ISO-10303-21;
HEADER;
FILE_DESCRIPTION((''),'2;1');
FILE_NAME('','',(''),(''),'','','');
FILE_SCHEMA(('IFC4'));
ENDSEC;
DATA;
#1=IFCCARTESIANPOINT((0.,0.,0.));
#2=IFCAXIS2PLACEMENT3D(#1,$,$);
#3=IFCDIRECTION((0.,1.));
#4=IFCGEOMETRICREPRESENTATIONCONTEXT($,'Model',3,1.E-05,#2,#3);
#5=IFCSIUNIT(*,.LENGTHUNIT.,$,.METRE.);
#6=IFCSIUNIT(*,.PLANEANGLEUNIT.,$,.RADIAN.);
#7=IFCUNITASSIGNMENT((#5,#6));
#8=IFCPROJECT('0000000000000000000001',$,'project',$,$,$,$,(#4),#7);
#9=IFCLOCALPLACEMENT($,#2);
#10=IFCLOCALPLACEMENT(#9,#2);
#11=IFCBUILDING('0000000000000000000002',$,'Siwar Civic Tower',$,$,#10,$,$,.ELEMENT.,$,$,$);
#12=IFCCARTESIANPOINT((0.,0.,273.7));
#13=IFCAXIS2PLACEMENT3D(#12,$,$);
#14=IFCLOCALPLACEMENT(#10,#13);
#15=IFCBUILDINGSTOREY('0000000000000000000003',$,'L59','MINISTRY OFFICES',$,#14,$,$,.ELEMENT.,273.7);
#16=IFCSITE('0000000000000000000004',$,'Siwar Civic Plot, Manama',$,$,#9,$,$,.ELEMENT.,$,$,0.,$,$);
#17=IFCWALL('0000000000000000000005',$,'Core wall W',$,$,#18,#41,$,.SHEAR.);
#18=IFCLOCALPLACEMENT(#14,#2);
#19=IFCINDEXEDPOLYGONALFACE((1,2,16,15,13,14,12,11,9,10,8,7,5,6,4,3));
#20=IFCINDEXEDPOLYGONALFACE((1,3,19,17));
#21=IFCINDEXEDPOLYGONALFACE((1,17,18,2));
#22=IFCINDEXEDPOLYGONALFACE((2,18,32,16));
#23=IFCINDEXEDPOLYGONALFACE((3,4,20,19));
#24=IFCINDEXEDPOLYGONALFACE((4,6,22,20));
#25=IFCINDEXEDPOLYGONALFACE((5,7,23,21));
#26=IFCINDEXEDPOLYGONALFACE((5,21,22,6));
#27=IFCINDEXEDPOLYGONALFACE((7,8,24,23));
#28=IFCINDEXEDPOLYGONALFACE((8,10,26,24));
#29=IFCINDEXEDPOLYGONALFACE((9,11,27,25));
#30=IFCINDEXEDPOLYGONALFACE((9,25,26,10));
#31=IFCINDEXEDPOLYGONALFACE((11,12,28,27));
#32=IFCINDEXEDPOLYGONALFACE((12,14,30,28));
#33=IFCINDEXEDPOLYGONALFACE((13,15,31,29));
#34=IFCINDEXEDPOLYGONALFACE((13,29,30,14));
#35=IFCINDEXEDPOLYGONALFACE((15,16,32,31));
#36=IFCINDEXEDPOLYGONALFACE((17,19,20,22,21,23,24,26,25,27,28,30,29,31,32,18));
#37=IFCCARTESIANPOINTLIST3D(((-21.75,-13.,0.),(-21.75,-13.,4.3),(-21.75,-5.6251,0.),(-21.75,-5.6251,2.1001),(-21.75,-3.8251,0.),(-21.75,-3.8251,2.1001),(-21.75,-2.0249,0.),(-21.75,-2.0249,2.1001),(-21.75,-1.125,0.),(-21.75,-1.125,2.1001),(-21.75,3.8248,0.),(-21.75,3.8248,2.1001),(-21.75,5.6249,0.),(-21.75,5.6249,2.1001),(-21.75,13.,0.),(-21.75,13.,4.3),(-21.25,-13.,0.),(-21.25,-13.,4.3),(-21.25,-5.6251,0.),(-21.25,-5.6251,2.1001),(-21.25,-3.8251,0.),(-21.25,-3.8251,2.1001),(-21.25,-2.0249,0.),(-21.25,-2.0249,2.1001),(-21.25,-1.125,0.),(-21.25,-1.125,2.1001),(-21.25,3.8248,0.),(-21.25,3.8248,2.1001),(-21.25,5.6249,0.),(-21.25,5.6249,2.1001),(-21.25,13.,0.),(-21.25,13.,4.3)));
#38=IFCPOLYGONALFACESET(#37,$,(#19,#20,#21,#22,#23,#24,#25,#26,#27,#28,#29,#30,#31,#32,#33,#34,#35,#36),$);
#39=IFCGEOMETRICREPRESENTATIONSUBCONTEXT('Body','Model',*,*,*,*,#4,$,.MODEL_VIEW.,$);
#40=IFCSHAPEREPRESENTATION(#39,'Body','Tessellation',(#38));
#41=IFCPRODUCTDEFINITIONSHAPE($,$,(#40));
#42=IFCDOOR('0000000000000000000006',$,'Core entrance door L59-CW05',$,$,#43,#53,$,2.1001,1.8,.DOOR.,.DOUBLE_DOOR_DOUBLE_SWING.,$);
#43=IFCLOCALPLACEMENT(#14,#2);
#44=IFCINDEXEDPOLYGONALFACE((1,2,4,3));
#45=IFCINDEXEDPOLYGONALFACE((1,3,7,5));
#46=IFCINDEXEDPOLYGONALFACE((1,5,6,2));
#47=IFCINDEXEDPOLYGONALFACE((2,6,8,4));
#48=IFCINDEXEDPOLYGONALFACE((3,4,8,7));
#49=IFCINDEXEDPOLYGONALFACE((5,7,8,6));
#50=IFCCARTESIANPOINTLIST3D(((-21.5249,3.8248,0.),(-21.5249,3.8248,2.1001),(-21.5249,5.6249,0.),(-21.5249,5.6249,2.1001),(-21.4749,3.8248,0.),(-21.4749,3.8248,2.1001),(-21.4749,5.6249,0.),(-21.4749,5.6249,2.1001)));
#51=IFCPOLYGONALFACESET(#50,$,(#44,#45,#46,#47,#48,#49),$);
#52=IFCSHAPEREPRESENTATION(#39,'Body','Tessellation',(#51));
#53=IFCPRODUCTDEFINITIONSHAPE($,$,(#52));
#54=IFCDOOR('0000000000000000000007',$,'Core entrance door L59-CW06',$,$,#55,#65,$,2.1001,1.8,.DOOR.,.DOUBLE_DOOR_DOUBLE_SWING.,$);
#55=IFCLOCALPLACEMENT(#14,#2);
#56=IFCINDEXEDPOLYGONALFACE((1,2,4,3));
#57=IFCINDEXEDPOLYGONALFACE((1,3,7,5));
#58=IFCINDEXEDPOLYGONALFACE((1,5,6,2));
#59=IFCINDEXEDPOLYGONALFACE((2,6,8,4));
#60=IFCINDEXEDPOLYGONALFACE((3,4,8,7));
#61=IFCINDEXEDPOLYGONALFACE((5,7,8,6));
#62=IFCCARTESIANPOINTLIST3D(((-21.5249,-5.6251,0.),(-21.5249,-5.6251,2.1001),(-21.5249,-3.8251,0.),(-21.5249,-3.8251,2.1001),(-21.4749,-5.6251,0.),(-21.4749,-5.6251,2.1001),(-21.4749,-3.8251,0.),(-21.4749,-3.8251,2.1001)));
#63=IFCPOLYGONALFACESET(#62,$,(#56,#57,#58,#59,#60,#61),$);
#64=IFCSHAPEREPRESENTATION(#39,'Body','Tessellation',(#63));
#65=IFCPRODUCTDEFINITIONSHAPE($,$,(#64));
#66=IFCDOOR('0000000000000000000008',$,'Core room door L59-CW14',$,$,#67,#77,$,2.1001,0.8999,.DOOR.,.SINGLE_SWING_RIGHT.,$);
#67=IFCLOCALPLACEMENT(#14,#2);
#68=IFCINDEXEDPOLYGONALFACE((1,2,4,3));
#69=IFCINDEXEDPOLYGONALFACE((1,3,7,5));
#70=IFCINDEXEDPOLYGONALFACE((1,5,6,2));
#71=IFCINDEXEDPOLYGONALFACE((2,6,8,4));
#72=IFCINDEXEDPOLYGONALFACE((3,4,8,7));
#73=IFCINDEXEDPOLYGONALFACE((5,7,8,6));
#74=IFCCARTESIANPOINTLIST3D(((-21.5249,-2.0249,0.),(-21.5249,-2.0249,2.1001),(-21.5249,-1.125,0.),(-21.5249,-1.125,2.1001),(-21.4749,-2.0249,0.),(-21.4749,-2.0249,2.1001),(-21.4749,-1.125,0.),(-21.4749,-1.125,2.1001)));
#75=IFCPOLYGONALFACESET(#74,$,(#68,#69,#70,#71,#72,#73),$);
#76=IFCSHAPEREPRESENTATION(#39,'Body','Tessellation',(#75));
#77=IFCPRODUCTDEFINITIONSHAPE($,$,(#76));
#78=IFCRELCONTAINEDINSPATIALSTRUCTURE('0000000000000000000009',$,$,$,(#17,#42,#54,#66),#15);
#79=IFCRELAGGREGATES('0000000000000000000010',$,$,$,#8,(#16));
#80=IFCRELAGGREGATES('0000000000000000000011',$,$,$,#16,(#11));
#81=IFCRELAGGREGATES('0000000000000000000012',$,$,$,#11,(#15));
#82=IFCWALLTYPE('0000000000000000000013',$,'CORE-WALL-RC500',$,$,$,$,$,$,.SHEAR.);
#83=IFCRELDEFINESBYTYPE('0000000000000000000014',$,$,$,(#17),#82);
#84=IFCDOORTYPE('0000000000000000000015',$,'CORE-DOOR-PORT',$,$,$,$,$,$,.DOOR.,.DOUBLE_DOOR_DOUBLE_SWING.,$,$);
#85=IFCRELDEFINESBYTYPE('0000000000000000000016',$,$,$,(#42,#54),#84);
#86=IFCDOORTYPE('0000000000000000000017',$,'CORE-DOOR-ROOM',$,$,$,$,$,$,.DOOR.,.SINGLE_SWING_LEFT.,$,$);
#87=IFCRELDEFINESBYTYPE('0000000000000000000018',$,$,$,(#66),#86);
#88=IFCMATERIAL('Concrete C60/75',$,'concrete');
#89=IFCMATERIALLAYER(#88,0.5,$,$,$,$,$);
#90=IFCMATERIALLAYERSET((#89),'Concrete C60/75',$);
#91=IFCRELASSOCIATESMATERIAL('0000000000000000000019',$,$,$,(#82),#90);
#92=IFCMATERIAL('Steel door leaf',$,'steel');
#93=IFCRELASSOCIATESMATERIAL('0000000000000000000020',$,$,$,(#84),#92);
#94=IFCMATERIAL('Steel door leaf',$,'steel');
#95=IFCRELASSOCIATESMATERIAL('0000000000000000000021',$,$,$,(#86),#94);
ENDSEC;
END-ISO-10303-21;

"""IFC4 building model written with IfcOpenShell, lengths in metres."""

from ifc_helpers import new_model, si_unit, direction, frame, frame_2d, origin, place, context, subcontext, project, spatial, rectangle, extrude, material, layer, layer_set, type_object, element, fill, save


model = new_model("IFC4")

# Units and contexts
model_context = context("Model", 3, precision=1e-05, world=origin(), true_north=direction((0.0, 1.0)))
body_context = subcontext(model_context, "Body", "Model", "MODEL_VIEW")
ifc_project = project(units=[si_unit("LENGTHUNIT", "METRE"), si_unit("PLANEANGLEUNIT", "RADIAN")], contexts=[model_context])

# Site, building, storey
site_placement = place(None, origin())
site = spatial("IfcSite", under=ifc_project, at=site_placement, Name="Siwar Civic Plot, Manama", CompositionType="ELEMENT", RefElevation=0.0)
building_placement = place(site_placement, origin())
building = spatial("IfcBuilding", under=site, at=building_placement, Name="Siwar Civic Tower", CompositionType="ELEMENT")
storey_placement = place(building_placement, frame((0.0, 0.0, 273.7)))
storey = spatial("IfcBuildingStorey", under=building, at=storey_placement, Name="L59", Description="MINISTRY OFFICES", CompositionType="ELEMENT", Elevation=273.7)

# Wall, openings, doors
ifc_material_1 = material(Name="Concrete C60/75", Category="concrete")
ifc_layer_1 = layer(ifc_material_1, 0.5)
ifc_layer_set_1 = layer_set([ifc_layer_1], Name="Concrete C60/75")
wall_type_1 = type_object("IfcWallType", Name="CORE-WALL-RC500", PredefinedType="SHEAR", material=ifc_layer_set_1)
wall_1_placement = place(storey_placement, frame((-21.5, -13.0, 0.0), z_axis=(0.0, 0.0, 1.0), x_axis=(0.0, 1.0, 0.0)))
wall_1 = element("IfcWall", 1, at=wall_1_placement, inside=storey, type_object=wall_type_1, Name="Core wall W", PredefinedType="SHEAR", context=body_context, shape_type="SweptSolid", body=[
    extrude(rectangle(XDim=26.0, YDim=0.5, at=frame_2d((13.0, 0.0))), origin(), (0.0, 0.0, 1.0), 4.3),
])
opening_1_placement = place(wall_1_placement, frame((16.825, 0.0, 0.0)))
opening_1 = element("IfcOpeningElement", 2, at=opening_1_placement, cuts=wall_1, PredefinedType="OPENING", context=body_context, shape_type="SweptSolid", body=[
    extrude(rectangle(XDim=1.8, YDim=2.1001, at=frame_2d((0.8999, 1.05))), frame((0.0, 0.26, 0.0), z_axis=(0.0, -1.0, 0.0), x_axis=(1.0, 0.0, 0.0)), (0.0, 0.0, 1.0), 0.52),
])
opening_2_placement = place(wall_1_placement, frame((7.375, 0.0, 0.0)))
opening_2 = element("IfcOpeningElement", 3, at=opening_2_placement, cuts=wall_1, PredefinedType="OPENING", context=body_context, shape_type="SweptSolid", body=[
    extrude(rectangle(XDim=1.8, YDim=2.1001, at=frame_2d((0.8999, 1.05))), frame((0.0, 0.26, 0.0), z_axis=(0.0, -1.0, 0.0), x_axis=(1.0, 0.0, 0.0)), (0.0, 0.0, 1.0), 0.52),
])
opening_3_placement = place(wall_1_placement, frame((10.9751, 0.0, 0.0)))
opening_3 = element("IfcOpeningElement", 4, at=opening_3_placement, cuts=wall_1, PredefinedType="OPENING", context=body_context, shape_type="SweptSolid", body=[
    extrude(rectangle(XDim=0.8999, YDim=2.1001, at=frame_2d((0.45, 1.05))), frame((0.0, 0.26, 0.0), z_axis=(0.0, -1.0, 0.0), x_axis=(1.0, 0.0, 0.0)), (0.0, 0.0, 1.0), 0.52),
])
ifc_material_2 = material(Name="Steel door leaf", Category="steel")
door_type_1 = type_object("IfcDoorType", Name="CORE-DOOR-PORT", OperationType="DOUBLE_DOOR_DOUBLE_SWING", PredefinedType="DOOR", material=ifc_material_2)
door_1_placement = place(opening_1_placement, origin())
door_1 = element("IfcDoor", 5, at=door_1_placement, inside=storey, type_object=door_type_1, Name="Core entrance door L59-CW05", OperationType="DOUBLE_DOOR_DOUBLE_SWING", OverallHeight=2.1001, OverallWidth=1.8, PredefinedType="DOOR", context=body_context, shape_type="SweptSolid", body=[
    extrude(rectangle(XDim=1.8, YDim=2.1001, at=frame_2d((0.8999, 1.05))), frame((0.0, 0.0249, 0.0), z_axis=(0.0, -1.0, 0.0), x_axis=(1.0, 0.0, 0.0)), (0.0, 0.0, 1.0), 0.05),
])
fill(opening_1, door_1)
door_2_placement = place(opening_2_placement, origin())
door_2 = element("IfcDoor", 6, at=door_2_placement, inside=storey, type_object=door_type_1, Name="Core entrance door L59-CW06", OperationType="DOUBLE_DOOR_DOUBLE_SWING", OverallHeight=2.1001, OverallWidth=1.8, PredefinedType="DOOR", context=body_context, shape_type="SweptSolid", body=[
    extrude(rectangle(XDim=1.8, YDim=2.1001, at=frame_2d((0.8999, 1.05))), frame((0.0, 0.0249, 0.0), z_axis=(0.0, -1.0, 0.0), x_axis=(1.0, 0.0, 0.0)), (0.0, 0.0, 1.0), 0.05),
])
fill(opening_2, door_2)
ifc_material_3 = material(Name="Steel door leaf", Category="steel")
door_type_2 = type_object("IfcDoorType", Name="CORE-DOOR-ROOM", OperationType="SINGLE_SWING_LEFT", PredefinedType="DOOR", material=ifc_material_3)
door_3_placement = place(opening_3_placement, origin())
door_3 = element("IfcDoor", 7, at=door_3_placement, inside=storey, type_object=door_type_2, Name="Core room door L59-CW14", OperationType="SINGLE_SWING_RIGHT", OverallHeight=2.1001, OverallWidth=0.8999, PredefinedType="DOOR", context=body_context, shape_type="SweptSolid", body=[
    extrude(rectangle(XDim=0.8999, YDim=2.1001, at=frame_2d((0.45, 1.05))), frame((0.0, 0.0249, 0.0), z_axis=(0.0, -1.0, 0.0), x_axis=(1.0, 0.0, 0.0)), (0.0, 0.0, 1.0), 0.05),
])
fill(opening_3, door_3)

save(model, "model.ifc")
